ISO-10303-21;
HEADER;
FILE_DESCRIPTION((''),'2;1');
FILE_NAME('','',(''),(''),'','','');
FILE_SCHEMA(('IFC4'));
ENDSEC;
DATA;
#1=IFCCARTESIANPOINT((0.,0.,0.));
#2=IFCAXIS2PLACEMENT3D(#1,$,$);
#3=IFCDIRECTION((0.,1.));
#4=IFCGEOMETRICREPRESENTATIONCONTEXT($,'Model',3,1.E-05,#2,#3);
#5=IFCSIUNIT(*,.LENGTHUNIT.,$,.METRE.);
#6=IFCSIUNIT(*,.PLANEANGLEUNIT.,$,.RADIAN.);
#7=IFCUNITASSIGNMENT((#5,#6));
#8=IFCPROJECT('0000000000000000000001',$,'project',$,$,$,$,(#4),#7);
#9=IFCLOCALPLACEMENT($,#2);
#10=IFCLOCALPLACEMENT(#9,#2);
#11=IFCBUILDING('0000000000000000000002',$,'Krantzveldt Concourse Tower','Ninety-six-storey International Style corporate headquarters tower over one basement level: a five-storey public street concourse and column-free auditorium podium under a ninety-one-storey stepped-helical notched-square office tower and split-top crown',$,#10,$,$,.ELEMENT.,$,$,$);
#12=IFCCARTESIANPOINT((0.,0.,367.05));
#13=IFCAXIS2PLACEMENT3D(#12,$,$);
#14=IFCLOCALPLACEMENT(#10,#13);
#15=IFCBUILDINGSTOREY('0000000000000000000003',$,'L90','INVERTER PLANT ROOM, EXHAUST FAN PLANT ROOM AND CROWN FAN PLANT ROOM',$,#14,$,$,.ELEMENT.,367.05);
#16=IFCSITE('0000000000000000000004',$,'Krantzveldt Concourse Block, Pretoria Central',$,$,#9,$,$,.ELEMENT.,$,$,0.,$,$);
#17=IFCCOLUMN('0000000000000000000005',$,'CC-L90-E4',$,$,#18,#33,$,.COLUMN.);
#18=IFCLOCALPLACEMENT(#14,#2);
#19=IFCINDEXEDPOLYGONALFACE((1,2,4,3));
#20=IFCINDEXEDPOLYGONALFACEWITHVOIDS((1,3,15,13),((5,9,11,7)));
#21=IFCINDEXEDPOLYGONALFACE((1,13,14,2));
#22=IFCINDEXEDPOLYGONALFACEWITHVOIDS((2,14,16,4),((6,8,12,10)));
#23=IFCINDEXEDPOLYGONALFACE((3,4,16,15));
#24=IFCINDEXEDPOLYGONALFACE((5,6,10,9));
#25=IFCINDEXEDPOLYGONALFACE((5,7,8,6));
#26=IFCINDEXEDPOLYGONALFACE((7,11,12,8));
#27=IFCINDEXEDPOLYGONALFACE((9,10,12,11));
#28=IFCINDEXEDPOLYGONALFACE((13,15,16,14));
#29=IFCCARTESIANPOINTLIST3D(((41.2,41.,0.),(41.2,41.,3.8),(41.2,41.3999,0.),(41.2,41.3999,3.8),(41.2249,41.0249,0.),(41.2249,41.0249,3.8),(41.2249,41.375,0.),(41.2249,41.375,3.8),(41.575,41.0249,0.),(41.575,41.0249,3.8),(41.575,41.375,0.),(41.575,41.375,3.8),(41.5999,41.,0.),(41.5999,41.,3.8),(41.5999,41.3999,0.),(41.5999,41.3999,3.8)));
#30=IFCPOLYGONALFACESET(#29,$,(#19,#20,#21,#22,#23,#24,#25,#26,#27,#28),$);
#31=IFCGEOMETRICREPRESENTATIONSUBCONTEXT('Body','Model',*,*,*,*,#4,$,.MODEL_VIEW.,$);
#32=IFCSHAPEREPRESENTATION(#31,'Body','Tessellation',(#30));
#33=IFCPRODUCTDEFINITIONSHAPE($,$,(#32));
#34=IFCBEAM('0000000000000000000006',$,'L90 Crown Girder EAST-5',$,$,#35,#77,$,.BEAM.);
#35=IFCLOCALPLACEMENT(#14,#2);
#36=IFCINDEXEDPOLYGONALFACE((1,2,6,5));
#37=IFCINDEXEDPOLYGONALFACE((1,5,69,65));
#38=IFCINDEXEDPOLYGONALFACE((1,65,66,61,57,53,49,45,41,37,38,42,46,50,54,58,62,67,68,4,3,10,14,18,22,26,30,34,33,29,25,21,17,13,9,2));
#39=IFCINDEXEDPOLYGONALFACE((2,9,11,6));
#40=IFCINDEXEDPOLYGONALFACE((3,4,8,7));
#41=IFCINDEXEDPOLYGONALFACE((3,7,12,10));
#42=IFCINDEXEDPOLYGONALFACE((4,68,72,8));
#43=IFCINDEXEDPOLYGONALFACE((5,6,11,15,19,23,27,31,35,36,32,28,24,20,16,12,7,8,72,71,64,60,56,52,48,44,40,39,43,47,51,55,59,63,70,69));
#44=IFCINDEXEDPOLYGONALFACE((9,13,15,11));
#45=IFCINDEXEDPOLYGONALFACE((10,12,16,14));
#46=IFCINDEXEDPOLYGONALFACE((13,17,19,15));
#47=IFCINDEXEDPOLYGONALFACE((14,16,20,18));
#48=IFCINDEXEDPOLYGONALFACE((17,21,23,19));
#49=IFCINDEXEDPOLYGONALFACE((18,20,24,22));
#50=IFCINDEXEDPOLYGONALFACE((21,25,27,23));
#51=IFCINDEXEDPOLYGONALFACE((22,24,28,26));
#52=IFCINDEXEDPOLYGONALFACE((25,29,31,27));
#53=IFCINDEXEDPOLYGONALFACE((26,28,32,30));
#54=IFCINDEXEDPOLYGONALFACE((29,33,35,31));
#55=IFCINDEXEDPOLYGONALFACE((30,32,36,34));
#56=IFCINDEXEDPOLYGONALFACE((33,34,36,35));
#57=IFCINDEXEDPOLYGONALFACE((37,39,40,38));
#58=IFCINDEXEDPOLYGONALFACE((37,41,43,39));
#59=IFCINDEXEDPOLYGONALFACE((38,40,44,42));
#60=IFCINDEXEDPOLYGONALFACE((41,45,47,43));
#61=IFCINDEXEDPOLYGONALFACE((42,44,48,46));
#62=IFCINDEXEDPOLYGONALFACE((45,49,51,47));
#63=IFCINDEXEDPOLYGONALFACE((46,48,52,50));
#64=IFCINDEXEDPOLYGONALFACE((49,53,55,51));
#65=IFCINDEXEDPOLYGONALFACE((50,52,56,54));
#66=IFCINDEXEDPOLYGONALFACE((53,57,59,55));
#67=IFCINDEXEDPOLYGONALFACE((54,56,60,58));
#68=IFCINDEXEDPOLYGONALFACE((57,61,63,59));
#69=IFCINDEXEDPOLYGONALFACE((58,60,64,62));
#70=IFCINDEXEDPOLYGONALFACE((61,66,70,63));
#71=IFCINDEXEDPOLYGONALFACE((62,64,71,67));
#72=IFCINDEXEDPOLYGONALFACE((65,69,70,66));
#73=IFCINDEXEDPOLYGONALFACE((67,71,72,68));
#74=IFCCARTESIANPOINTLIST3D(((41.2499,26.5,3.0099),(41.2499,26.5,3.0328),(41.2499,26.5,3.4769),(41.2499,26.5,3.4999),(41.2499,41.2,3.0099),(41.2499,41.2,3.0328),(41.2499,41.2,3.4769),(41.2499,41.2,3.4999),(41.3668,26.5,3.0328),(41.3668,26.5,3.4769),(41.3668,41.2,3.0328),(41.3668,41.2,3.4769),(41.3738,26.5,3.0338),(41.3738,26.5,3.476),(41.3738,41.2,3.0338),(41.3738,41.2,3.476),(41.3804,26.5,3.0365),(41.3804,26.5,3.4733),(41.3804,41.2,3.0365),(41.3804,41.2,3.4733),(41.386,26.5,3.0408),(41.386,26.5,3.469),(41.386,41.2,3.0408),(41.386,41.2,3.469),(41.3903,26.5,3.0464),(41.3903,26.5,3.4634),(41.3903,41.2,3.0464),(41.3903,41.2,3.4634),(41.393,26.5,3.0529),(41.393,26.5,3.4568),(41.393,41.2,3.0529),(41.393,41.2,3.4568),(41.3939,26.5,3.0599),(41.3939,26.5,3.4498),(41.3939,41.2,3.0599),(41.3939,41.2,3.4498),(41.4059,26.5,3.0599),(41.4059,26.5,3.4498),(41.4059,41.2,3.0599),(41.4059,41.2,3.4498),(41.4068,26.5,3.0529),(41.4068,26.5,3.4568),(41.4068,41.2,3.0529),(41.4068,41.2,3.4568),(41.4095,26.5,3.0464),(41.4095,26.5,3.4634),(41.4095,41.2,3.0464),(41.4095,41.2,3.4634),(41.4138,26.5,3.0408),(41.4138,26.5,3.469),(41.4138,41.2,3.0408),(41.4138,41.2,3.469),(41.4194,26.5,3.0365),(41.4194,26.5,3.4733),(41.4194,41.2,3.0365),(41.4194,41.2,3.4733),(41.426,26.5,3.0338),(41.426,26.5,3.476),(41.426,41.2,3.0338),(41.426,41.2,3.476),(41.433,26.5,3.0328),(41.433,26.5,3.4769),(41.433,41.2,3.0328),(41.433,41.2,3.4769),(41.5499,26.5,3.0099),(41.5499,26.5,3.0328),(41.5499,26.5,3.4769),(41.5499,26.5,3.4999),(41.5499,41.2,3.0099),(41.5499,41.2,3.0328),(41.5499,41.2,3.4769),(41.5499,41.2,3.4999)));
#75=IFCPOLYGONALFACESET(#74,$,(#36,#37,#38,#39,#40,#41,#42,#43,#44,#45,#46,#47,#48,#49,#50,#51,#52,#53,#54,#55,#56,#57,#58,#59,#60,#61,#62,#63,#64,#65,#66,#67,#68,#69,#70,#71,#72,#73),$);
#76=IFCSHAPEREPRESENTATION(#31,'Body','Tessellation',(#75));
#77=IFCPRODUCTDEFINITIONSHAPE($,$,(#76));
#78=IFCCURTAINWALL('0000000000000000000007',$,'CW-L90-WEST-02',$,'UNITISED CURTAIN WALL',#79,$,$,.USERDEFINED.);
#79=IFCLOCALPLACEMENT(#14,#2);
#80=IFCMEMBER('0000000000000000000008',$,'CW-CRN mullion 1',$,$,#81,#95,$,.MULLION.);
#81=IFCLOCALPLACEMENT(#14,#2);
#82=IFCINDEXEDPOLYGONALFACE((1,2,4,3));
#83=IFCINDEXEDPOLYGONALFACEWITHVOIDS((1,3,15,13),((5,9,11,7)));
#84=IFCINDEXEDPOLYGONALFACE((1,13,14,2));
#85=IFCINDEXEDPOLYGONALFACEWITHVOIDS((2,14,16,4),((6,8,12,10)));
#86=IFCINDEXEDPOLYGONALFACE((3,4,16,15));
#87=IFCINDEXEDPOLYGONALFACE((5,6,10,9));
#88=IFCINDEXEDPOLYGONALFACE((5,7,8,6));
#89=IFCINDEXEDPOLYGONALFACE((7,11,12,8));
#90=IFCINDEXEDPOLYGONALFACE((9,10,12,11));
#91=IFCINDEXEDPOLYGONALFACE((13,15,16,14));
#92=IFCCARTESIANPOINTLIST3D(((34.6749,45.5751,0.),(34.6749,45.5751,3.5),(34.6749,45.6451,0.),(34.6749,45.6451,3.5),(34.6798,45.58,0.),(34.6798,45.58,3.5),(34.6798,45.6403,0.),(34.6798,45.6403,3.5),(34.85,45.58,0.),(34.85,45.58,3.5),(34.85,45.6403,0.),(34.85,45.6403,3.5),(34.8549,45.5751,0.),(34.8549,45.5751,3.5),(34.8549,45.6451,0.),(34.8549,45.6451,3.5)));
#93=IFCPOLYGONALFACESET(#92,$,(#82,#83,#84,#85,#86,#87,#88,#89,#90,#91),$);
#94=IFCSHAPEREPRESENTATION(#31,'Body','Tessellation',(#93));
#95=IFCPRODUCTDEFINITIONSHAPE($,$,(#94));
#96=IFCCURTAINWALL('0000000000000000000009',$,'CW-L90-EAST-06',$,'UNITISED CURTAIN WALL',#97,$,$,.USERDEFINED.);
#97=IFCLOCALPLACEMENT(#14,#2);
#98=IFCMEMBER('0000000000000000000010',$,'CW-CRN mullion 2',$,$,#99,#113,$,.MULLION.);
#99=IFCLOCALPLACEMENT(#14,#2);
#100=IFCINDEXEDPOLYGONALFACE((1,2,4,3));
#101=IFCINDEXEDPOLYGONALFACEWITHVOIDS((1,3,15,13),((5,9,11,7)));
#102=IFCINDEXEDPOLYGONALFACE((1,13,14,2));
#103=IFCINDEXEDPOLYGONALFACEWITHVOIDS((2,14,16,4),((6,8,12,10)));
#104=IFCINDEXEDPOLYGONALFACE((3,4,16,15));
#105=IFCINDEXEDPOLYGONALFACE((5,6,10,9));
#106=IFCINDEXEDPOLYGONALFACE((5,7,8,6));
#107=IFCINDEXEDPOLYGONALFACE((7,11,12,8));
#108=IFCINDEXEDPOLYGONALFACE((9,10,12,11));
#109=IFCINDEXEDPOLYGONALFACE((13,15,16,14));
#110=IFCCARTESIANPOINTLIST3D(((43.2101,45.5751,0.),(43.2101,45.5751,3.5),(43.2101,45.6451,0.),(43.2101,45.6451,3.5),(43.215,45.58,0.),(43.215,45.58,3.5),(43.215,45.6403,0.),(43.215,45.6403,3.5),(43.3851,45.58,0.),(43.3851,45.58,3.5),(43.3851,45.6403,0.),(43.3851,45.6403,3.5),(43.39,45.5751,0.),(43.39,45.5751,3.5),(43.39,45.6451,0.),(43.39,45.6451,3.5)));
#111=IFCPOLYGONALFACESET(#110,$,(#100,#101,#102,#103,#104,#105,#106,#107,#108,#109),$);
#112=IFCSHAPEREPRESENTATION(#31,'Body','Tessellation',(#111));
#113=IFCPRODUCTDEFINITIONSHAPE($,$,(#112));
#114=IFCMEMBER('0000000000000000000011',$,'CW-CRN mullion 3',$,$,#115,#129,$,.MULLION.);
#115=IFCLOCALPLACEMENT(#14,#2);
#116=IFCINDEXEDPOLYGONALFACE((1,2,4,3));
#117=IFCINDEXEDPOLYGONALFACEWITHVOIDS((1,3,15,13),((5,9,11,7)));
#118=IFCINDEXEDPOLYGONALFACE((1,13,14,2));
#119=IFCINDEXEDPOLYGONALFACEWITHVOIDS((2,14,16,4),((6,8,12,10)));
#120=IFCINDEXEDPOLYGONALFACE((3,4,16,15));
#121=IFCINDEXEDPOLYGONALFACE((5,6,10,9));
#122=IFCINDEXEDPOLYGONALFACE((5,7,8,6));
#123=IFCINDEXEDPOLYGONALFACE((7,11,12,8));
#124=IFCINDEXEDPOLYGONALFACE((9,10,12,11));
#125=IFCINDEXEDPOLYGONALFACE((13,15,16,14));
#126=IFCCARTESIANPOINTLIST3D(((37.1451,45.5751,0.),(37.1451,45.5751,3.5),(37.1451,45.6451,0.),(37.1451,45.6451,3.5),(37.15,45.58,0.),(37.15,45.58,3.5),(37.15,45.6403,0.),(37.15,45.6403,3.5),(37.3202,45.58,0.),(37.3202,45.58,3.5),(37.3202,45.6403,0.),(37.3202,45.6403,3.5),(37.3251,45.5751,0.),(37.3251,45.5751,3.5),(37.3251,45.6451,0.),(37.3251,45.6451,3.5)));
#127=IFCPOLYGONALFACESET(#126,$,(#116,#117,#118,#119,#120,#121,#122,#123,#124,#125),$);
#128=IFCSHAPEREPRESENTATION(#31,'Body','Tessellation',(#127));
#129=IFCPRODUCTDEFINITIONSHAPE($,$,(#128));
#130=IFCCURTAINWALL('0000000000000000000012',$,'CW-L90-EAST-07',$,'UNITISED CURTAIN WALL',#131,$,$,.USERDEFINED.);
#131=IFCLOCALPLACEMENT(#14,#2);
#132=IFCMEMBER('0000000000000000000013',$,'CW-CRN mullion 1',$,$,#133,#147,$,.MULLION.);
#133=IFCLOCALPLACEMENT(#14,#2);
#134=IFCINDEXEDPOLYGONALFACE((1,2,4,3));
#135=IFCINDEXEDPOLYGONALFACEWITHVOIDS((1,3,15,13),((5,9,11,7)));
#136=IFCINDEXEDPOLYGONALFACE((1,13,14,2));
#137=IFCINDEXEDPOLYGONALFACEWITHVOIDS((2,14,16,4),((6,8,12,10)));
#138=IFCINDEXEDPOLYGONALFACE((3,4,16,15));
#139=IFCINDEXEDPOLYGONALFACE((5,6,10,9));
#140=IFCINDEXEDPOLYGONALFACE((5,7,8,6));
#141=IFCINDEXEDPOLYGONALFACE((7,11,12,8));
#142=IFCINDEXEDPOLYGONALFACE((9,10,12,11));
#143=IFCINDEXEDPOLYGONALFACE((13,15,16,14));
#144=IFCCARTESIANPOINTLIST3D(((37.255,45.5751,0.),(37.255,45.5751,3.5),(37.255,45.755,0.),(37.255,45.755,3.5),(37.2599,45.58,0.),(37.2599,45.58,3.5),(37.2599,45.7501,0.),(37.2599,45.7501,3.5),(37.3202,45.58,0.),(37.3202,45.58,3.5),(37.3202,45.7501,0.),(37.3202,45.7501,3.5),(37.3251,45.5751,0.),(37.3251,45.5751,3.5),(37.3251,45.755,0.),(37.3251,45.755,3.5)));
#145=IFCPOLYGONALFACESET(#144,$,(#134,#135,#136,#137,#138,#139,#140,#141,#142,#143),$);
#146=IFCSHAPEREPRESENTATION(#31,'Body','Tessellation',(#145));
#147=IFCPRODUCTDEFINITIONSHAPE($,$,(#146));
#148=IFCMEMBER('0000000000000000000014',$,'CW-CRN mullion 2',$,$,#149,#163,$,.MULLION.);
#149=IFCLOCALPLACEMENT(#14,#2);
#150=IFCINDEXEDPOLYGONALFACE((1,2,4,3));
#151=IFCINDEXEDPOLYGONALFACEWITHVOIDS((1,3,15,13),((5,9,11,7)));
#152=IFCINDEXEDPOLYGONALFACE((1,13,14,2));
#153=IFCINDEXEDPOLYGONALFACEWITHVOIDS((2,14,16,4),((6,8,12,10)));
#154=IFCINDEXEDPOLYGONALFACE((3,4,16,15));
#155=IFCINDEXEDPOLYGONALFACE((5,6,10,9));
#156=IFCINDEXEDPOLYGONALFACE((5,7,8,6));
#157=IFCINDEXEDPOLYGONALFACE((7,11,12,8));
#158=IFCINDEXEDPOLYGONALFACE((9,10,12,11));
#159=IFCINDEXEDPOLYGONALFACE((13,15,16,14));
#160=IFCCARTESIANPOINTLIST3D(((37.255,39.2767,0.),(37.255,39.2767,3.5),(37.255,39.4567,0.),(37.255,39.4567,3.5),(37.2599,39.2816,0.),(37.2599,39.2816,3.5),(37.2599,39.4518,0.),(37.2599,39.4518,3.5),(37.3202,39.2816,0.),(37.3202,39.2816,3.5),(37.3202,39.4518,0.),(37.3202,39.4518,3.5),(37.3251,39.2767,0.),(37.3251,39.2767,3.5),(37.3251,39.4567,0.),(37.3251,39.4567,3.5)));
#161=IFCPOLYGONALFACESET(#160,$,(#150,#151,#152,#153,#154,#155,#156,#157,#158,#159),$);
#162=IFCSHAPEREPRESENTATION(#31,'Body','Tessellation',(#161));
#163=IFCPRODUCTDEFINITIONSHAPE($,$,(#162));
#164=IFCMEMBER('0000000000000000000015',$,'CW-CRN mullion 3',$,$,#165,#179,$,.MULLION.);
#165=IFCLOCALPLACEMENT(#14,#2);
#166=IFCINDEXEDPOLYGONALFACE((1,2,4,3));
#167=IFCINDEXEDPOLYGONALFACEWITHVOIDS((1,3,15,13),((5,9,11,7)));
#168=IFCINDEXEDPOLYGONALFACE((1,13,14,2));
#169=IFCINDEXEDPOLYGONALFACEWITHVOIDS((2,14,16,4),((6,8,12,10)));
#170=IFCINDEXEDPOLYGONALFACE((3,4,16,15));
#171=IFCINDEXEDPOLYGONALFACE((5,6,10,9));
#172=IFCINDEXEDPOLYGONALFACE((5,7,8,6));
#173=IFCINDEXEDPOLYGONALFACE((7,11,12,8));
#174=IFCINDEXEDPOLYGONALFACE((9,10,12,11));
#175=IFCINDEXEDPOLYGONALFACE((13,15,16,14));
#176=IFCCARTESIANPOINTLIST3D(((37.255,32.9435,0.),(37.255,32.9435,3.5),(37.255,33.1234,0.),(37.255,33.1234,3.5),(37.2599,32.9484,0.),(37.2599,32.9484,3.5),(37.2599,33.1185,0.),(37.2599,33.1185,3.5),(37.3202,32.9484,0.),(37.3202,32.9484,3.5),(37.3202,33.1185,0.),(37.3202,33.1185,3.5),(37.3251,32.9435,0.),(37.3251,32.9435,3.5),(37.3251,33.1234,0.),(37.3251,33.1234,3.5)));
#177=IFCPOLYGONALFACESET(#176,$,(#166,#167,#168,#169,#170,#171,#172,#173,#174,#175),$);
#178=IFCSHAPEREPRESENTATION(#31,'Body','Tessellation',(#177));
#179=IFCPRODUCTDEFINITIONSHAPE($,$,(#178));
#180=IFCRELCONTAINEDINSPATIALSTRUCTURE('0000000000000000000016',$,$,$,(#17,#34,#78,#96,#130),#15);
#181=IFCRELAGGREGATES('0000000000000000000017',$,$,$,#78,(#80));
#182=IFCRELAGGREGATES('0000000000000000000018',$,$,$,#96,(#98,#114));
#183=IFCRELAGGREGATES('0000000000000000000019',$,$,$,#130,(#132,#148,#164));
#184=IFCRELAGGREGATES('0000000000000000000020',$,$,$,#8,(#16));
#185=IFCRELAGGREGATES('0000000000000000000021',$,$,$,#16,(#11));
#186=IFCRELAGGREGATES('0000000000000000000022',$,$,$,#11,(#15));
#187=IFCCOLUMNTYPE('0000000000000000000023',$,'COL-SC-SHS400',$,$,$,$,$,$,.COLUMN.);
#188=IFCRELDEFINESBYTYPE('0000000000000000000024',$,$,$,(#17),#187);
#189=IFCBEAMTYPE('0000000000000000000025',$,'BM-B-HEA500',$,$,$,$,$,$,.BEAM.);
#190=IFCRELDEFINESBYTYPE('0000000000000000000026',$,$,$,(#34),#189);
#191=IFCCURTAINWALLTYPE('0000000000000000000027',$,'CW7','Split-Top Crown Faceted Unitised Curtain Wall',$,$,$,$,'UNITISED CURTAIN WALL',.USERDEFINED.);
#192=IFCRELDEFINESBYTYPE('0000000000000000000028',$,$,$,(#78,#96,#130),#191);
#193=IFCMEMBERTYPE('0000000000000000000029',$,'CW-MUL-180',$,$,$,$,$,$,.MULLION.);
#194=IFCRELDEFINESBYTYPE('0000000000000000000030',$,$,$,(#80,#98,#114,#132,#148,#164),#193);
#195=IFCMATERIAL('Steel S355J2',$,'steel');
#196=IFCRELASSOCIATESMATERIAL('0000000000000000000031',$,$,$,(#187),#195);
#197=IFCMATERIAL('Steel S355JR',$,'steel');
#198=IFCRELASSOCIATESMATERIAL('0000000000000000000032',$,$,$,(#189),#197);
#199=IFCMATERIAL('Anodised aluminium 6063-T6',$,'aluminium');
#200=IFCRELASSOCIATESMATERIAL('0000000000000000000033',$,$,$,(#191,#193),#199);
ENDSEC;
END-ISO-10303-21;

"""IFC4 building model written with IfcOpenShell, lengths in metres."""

from ifc_helpers import new_model, si_unit, direction, frame, origin, origin_2d, place, context, subcontext, project, spatial, hollow_rectangle, i_section, extrude, source, transform, mapped, material, material_profile, profile_set, type_object, type_shapes, element, aggregate, save


model = new_model("IFC4")

# Units and contexts
model_context = context("Model", 3, precision=1e-05, world=origin(), true_north=direction((0.0, 1.0)))
body_context = subcontext(model_context, "Body", "Model", "MODEL_VIEW")
ifc_project = project(units=[si_unit("LENGTHUNIT", "METRE"), si_unit("PLANEANGLEUNIT", "RADIAN")], contexts=[model_context])

# Site, building, storey
site_placement = place(None, origin())
site = spatial("IfcSite", under=ifc_project, at=site_placement, Name="Krantzveldt Concourse Block, Pretoria Central", CompositionType="ELEMENT", RefElevation=0.0)
building_placement = place(site_placement, origin())
building = spatial("IfcBuilding", under=site, at=building_placement, Name="Krantzveldt Concourse Tower", Description="Ninety-six-storey International Style corporate headquarters tower over one basement level: a five-storey public street concourse and column-free auditorium podium under a ninety-one-storey stepped-helical notched-square office tower and split-top crown", CompositionType="ELEMENT")
storey_placement = place(building_placement, frame((0.0, 0.0, 367.05)))
storey = spatial("IfcBuildingStorey", under=building, at=storey_placement, Name="L90", Description="INVERTER PLANT ROOM, EXHAUST FAN PLANT ROOM AND CROWN FAN PLANT ROOM", CompositionType="ELEMENT", Elevation=367.05)

# Column
ifc_material_1 = material(Name="Steel S355J2", Category="steel")
ifc_material_profile_1 = material_profile(ifc_material_1, hollow_rectangle(XDim=0.3999, YDim=0.3999, WallThickness=0.0249, at=origin_2d()), Name="Steel S355J2", Category="steel")
ifc_profile_set_1 = profile_set([ifc_material_profile_1], Name="Steel S355J2 - SHS 400x400x25")
column_type = type_object("IfcColumnType", Name="COL-SC-SHS400", PredefinedType="COLUMN", material=ifc_profile_set_1)
shared_shape_1 = source(origin(), body_context, "Body", "SweptSolid", [
    extrude(hollow_rectangle(XDim=0.3999, YDim=0.3999, WallThickness=0.0249, at=origin_2d()), origin(), (0.0, 0.0, 1.0), 3.8),
])
type_shapes(column_type, [shared_shape_1])
column_placement = place(storey_placement, frame((41.3999, 41.2, 0.0), z_axis=(0.0, 0.0, 1.0), x_axis=(1.0, 0.0, 0.0)))
element("IfcColumn", 1, at=column_placement, inside=storey, type_object=column_type, Name="CC-L90-E4", PredefinedType="COLUMN", context=body_context, shape_type="MappedRepresentation", body=[
    mapped(shared_shape_1, transform((0.0, 0.0, 0.0), x_axis=(1.0, 0.0, 0.0), y_axis=(0.0, 1.0, 0.0), z_axis=(0.0, 0.0, 1.0), scale=1.0)),
])

# Beam
ifc_material_2 = material(Name="Steel S355JR", Category="steel")
ifc_material_profile_2 = material_profile(ifc_material_2, i_section(OverallWidth=0.3, OverallDepth=0.49, WebThickness=0.012, FlangeThickness=0.0229, FilletRadius=0.0271, at=origin_2d()), Name="Steel S355JR", Category="steel")
ifc_profile_set_2 = profile_set([ifc_material_profile_2], Name="Steel S355JR - HEA 500")
beam_type = type_object("IfcBeamType", Name="BM-B-HEA500", PredefinedType="BEAM", material=ifc_profile_set_2)
shared_shape_2 = source(origin(), body_context, "Body", "SweptSolid", [
    extrude(i_section(OverallWidth=0.3, OverallDepth=0.49, WebThickness=0.012, FlangeThickness=0.0229, FilletRadius=0.0271, at=origin_2d()), origin(), (0.0, 0.0, 1.0), 14.7),
])
type_shapes(beam_type, [shared_shape_2])
beam_placement = place(storey_placement, frame((41.3999, 41.2, 3.2549), z_axis=(0.0, -1.0, 0.0), x_axis=(1.0, 0.0, 0.0)))
element("IfcBeam", 2, at=beam_placement, inside=storey, type_object=beam_type, Name="L90 Crown Girder EAST-5", PredefinedType="BEAM", context=body_context, shape_type="MappedRepresentation", body=[
    mapped(shared_shape_2, transform((0.0, 0.0, 0.0), x_axis=(1.0, 0.0, 0.0), y_axis=(0.0, 1.0, 0.0), z_axis=(0.0, 0.0, 1.0), scale=1.0)),
])

# Curtain wall, member
ifc_material_3 = material(Name="Anodised aluminium 6063-T6", Category="aluminium")
curtain_wall_type = type_object("IfcCurtainWallType", Name="CW7", Description="Split-Top Crown Faceted Unitised Curtain Wall", ElementType="UNITISED CURTAIN WALL", PredefinedType="USERDEFINED", material=ifc_material_3)
curtain_wall_1_placement = place(storey_placement, origin())
curtain_wall_1 = element("IfcCurtainWall", 3, at=curtain_wall_1_placement, inside=storey, type_object=curtain_wall_type, Name="CW-L90-WEST-02", ObjectType="UNITISED CURTAIN WALL", PredefinedType="USERDEFINED")
ifc_material_profile_3 = material_profile(ifc_material_3, hollow_rectangle(XDim=0.0701, YDim=0.1799, WallThickness=0.0049, at=origin_2d()), Name="Anodised aluminium 6063-T6", Category="aluminium")
ifc_profile_set_3 = profile_set([ifc_material_profile_3], Name="Anodised aluminium 6063-T6 - ALU-MULL 180x70x5")
member_type_1 = type_object("IfcMemberType", Name="CW-MUL-180", PredefinedType="MULLION", material=ifc_profile_set_3)
shared_shape_3 = source(origin(), body_context, "Body", "SweptSolid", [
    extrude(hollow_rectangle(XDim=0.0701, YDim=0.1799, WallThickness=0.0049, at=origin_2d()), origin(), (0.0, 0.0, 1.0), 3.5),
])
type_shapes(member_type_1, [shared_shape_3])
member_1_placement = place(storey_placement, frame((34.7649, 45.6101, 0.0), z_axis=(0.0, 0.0, 1.0), x_axis=(0.0, -1.0, 0.0)))
member_1 = element("IfcMember", 4, at=member_1_placement, type_object=member_type_1, Name="CW-CRN mullion 1", PredefinedType="MULLION", context=body_context, shape_type="MappedRepresentation", body=[
    mapped(shared_shape_3, transform((0.0, 0.0, 0.0), x_axis=(1.0, 0.0, 0.0), y_axis=(0.0, 1.0, 0.0), z_axis=(0.0, 0.0, 1.0), scale=1.0)),
])

# Curtain walls, members
curtain_wall_2_placement = place(storey_placement, origin())
curtain_wall_2 = element("IfcCurtainWall", 5, at=curtain_wall_2_placement, inside=storey, type_object=curtain_wall_type, Name="CW-L90-EAST-06", ObjectType="UNITISED CURTAIN WALL", PredefinedType="USERDEFINED")
member_2_placement = place(storey_placement, frame((43.3, 45.6101, 0.0), z_axis=(0.0, 0.0, 1.0), x_axis=(0.0, -1.0, 0.0)))
member_2 = element("IfcMember", 6, at=member_2_placement, type_object=member_type_1, Name="CW-CRN mullion 2", PredefinedType="MULLION", context=body_context, shape_type="MappedRepresentation", body=[
    mapped(shared_shape_3, transform((0.0, 0.0, 0.0), x_axis=(1.0, 0.0, 0.0), y_axis=(0.0, 1.0, 0.0), z_axis=(0.0, 0.0, 1.0), scale=1.0)),
])
member_3_placement = place(storey_placement, frame((37.2351, 45.6101, 0.0), z_axis=(0.0, 0.0, 1.0), x_axis=(0.0, -1.0, 0.0)))
member_3 = element("IfcMember", 7, at=member_3_placement, type_object=member_type_1, Name="CW-CRN mullion 3", PredefinedType="MULLION", context=body_context, shape_type="MappedRepresentation", body=[
    mapped(shared_shape_3, transform((0.0, 0.0, 0.0), x_axis=(1.0, 0.0, 0.0), y_axis=(0.0, 1.0, 0.0), z_axis=(0.0, 0.0, 1.0), scale=1.0)),
])
curtain_wall_3_placement = place(storey_placement, origin())
curtain_wall_3 = element("IfcCurtainWall", 8, at=curtain_wall_3_placement, inside=storey, type_object=curtain_wall_type, Name="CW-L90-EAST-07", ObjectType="UNITISED CURTAIN WALL", PredefinedType="USERDEFINED")
member_4_placement = place(storey_placement, frame((37.29, 45.665, 0.0), z_axis=(0.0, 0.0, 1.0), x_axis=(1.0, 0.0, 0.0)))
member_4 = element("IfcMember", 9, at=member_4_placement, type_object=member_type_1, Name="CW-CRN mullion 1", PredefinedType="MULLION", context=body_context, shape_type="MappedRepresentation", body=[
    mapped(shared_shape_3, transform((0.0, 0.0, 0.0), x_axis=(1.0, 0.0, 0.0), y_axis=(0.0, 1.0, 0.0), z_axis=(0.0, 0.0, 1.0), scale=1.0)),
])
member_5_placement = place(storey_placement, frame((37.29, 39.3667, 0.0), z_axis=(0.0, 0.0, 1.0), x_axis=(1.0, 0.0, 0.0)))
member_5 = element("IfcMember", 10, at=member_5_placement, type_object=member_type_1, Name="CW-CRN mullion 2", PredefinedType="MULLION", context=body_context, shape_type="MappedRepresentation", body=[
    mapped(shared_shape_3, transform((0.0, 0.0, 0.0), x_axis=(1.0, 0.0, 0.0), y_axis=(0.0, 1.0, 0.0), z_axis=(0.0, 0.0, 1.0), scale=1.0)),
])
member_6_placement = place(storey_placement, frame((37.29, 33.0334, 0.0), z_axis=(0.0, 0.0, 1.0), x_axis=(1.0, 0.0, 0.0)))
member_6 = element("IfcMember", 11, at=member_6_placement, type_object=member_type_1, Name="CW-CRN mullion 3", PredefinedType="MULLION", context=body_context, shape_type="MappedRepresentation", body=[
    mapped(shared_shape_3, transform((0.0, 0.0, 0.0), x_axis=(1.0, 0.0, 0.0), y_axis=(0.0, 1.0, 0.0), z_axis=(0.0, 0.0, 1.0), scale=1.0)),
])

aggregate(curtain_wall_1, [member_1])

aggregate(curtain_wall_2, [member_2, member_3])
aggregate(curtain_wall_3, [member_4, member_5, member_6])

save(model, "model.ifc")
